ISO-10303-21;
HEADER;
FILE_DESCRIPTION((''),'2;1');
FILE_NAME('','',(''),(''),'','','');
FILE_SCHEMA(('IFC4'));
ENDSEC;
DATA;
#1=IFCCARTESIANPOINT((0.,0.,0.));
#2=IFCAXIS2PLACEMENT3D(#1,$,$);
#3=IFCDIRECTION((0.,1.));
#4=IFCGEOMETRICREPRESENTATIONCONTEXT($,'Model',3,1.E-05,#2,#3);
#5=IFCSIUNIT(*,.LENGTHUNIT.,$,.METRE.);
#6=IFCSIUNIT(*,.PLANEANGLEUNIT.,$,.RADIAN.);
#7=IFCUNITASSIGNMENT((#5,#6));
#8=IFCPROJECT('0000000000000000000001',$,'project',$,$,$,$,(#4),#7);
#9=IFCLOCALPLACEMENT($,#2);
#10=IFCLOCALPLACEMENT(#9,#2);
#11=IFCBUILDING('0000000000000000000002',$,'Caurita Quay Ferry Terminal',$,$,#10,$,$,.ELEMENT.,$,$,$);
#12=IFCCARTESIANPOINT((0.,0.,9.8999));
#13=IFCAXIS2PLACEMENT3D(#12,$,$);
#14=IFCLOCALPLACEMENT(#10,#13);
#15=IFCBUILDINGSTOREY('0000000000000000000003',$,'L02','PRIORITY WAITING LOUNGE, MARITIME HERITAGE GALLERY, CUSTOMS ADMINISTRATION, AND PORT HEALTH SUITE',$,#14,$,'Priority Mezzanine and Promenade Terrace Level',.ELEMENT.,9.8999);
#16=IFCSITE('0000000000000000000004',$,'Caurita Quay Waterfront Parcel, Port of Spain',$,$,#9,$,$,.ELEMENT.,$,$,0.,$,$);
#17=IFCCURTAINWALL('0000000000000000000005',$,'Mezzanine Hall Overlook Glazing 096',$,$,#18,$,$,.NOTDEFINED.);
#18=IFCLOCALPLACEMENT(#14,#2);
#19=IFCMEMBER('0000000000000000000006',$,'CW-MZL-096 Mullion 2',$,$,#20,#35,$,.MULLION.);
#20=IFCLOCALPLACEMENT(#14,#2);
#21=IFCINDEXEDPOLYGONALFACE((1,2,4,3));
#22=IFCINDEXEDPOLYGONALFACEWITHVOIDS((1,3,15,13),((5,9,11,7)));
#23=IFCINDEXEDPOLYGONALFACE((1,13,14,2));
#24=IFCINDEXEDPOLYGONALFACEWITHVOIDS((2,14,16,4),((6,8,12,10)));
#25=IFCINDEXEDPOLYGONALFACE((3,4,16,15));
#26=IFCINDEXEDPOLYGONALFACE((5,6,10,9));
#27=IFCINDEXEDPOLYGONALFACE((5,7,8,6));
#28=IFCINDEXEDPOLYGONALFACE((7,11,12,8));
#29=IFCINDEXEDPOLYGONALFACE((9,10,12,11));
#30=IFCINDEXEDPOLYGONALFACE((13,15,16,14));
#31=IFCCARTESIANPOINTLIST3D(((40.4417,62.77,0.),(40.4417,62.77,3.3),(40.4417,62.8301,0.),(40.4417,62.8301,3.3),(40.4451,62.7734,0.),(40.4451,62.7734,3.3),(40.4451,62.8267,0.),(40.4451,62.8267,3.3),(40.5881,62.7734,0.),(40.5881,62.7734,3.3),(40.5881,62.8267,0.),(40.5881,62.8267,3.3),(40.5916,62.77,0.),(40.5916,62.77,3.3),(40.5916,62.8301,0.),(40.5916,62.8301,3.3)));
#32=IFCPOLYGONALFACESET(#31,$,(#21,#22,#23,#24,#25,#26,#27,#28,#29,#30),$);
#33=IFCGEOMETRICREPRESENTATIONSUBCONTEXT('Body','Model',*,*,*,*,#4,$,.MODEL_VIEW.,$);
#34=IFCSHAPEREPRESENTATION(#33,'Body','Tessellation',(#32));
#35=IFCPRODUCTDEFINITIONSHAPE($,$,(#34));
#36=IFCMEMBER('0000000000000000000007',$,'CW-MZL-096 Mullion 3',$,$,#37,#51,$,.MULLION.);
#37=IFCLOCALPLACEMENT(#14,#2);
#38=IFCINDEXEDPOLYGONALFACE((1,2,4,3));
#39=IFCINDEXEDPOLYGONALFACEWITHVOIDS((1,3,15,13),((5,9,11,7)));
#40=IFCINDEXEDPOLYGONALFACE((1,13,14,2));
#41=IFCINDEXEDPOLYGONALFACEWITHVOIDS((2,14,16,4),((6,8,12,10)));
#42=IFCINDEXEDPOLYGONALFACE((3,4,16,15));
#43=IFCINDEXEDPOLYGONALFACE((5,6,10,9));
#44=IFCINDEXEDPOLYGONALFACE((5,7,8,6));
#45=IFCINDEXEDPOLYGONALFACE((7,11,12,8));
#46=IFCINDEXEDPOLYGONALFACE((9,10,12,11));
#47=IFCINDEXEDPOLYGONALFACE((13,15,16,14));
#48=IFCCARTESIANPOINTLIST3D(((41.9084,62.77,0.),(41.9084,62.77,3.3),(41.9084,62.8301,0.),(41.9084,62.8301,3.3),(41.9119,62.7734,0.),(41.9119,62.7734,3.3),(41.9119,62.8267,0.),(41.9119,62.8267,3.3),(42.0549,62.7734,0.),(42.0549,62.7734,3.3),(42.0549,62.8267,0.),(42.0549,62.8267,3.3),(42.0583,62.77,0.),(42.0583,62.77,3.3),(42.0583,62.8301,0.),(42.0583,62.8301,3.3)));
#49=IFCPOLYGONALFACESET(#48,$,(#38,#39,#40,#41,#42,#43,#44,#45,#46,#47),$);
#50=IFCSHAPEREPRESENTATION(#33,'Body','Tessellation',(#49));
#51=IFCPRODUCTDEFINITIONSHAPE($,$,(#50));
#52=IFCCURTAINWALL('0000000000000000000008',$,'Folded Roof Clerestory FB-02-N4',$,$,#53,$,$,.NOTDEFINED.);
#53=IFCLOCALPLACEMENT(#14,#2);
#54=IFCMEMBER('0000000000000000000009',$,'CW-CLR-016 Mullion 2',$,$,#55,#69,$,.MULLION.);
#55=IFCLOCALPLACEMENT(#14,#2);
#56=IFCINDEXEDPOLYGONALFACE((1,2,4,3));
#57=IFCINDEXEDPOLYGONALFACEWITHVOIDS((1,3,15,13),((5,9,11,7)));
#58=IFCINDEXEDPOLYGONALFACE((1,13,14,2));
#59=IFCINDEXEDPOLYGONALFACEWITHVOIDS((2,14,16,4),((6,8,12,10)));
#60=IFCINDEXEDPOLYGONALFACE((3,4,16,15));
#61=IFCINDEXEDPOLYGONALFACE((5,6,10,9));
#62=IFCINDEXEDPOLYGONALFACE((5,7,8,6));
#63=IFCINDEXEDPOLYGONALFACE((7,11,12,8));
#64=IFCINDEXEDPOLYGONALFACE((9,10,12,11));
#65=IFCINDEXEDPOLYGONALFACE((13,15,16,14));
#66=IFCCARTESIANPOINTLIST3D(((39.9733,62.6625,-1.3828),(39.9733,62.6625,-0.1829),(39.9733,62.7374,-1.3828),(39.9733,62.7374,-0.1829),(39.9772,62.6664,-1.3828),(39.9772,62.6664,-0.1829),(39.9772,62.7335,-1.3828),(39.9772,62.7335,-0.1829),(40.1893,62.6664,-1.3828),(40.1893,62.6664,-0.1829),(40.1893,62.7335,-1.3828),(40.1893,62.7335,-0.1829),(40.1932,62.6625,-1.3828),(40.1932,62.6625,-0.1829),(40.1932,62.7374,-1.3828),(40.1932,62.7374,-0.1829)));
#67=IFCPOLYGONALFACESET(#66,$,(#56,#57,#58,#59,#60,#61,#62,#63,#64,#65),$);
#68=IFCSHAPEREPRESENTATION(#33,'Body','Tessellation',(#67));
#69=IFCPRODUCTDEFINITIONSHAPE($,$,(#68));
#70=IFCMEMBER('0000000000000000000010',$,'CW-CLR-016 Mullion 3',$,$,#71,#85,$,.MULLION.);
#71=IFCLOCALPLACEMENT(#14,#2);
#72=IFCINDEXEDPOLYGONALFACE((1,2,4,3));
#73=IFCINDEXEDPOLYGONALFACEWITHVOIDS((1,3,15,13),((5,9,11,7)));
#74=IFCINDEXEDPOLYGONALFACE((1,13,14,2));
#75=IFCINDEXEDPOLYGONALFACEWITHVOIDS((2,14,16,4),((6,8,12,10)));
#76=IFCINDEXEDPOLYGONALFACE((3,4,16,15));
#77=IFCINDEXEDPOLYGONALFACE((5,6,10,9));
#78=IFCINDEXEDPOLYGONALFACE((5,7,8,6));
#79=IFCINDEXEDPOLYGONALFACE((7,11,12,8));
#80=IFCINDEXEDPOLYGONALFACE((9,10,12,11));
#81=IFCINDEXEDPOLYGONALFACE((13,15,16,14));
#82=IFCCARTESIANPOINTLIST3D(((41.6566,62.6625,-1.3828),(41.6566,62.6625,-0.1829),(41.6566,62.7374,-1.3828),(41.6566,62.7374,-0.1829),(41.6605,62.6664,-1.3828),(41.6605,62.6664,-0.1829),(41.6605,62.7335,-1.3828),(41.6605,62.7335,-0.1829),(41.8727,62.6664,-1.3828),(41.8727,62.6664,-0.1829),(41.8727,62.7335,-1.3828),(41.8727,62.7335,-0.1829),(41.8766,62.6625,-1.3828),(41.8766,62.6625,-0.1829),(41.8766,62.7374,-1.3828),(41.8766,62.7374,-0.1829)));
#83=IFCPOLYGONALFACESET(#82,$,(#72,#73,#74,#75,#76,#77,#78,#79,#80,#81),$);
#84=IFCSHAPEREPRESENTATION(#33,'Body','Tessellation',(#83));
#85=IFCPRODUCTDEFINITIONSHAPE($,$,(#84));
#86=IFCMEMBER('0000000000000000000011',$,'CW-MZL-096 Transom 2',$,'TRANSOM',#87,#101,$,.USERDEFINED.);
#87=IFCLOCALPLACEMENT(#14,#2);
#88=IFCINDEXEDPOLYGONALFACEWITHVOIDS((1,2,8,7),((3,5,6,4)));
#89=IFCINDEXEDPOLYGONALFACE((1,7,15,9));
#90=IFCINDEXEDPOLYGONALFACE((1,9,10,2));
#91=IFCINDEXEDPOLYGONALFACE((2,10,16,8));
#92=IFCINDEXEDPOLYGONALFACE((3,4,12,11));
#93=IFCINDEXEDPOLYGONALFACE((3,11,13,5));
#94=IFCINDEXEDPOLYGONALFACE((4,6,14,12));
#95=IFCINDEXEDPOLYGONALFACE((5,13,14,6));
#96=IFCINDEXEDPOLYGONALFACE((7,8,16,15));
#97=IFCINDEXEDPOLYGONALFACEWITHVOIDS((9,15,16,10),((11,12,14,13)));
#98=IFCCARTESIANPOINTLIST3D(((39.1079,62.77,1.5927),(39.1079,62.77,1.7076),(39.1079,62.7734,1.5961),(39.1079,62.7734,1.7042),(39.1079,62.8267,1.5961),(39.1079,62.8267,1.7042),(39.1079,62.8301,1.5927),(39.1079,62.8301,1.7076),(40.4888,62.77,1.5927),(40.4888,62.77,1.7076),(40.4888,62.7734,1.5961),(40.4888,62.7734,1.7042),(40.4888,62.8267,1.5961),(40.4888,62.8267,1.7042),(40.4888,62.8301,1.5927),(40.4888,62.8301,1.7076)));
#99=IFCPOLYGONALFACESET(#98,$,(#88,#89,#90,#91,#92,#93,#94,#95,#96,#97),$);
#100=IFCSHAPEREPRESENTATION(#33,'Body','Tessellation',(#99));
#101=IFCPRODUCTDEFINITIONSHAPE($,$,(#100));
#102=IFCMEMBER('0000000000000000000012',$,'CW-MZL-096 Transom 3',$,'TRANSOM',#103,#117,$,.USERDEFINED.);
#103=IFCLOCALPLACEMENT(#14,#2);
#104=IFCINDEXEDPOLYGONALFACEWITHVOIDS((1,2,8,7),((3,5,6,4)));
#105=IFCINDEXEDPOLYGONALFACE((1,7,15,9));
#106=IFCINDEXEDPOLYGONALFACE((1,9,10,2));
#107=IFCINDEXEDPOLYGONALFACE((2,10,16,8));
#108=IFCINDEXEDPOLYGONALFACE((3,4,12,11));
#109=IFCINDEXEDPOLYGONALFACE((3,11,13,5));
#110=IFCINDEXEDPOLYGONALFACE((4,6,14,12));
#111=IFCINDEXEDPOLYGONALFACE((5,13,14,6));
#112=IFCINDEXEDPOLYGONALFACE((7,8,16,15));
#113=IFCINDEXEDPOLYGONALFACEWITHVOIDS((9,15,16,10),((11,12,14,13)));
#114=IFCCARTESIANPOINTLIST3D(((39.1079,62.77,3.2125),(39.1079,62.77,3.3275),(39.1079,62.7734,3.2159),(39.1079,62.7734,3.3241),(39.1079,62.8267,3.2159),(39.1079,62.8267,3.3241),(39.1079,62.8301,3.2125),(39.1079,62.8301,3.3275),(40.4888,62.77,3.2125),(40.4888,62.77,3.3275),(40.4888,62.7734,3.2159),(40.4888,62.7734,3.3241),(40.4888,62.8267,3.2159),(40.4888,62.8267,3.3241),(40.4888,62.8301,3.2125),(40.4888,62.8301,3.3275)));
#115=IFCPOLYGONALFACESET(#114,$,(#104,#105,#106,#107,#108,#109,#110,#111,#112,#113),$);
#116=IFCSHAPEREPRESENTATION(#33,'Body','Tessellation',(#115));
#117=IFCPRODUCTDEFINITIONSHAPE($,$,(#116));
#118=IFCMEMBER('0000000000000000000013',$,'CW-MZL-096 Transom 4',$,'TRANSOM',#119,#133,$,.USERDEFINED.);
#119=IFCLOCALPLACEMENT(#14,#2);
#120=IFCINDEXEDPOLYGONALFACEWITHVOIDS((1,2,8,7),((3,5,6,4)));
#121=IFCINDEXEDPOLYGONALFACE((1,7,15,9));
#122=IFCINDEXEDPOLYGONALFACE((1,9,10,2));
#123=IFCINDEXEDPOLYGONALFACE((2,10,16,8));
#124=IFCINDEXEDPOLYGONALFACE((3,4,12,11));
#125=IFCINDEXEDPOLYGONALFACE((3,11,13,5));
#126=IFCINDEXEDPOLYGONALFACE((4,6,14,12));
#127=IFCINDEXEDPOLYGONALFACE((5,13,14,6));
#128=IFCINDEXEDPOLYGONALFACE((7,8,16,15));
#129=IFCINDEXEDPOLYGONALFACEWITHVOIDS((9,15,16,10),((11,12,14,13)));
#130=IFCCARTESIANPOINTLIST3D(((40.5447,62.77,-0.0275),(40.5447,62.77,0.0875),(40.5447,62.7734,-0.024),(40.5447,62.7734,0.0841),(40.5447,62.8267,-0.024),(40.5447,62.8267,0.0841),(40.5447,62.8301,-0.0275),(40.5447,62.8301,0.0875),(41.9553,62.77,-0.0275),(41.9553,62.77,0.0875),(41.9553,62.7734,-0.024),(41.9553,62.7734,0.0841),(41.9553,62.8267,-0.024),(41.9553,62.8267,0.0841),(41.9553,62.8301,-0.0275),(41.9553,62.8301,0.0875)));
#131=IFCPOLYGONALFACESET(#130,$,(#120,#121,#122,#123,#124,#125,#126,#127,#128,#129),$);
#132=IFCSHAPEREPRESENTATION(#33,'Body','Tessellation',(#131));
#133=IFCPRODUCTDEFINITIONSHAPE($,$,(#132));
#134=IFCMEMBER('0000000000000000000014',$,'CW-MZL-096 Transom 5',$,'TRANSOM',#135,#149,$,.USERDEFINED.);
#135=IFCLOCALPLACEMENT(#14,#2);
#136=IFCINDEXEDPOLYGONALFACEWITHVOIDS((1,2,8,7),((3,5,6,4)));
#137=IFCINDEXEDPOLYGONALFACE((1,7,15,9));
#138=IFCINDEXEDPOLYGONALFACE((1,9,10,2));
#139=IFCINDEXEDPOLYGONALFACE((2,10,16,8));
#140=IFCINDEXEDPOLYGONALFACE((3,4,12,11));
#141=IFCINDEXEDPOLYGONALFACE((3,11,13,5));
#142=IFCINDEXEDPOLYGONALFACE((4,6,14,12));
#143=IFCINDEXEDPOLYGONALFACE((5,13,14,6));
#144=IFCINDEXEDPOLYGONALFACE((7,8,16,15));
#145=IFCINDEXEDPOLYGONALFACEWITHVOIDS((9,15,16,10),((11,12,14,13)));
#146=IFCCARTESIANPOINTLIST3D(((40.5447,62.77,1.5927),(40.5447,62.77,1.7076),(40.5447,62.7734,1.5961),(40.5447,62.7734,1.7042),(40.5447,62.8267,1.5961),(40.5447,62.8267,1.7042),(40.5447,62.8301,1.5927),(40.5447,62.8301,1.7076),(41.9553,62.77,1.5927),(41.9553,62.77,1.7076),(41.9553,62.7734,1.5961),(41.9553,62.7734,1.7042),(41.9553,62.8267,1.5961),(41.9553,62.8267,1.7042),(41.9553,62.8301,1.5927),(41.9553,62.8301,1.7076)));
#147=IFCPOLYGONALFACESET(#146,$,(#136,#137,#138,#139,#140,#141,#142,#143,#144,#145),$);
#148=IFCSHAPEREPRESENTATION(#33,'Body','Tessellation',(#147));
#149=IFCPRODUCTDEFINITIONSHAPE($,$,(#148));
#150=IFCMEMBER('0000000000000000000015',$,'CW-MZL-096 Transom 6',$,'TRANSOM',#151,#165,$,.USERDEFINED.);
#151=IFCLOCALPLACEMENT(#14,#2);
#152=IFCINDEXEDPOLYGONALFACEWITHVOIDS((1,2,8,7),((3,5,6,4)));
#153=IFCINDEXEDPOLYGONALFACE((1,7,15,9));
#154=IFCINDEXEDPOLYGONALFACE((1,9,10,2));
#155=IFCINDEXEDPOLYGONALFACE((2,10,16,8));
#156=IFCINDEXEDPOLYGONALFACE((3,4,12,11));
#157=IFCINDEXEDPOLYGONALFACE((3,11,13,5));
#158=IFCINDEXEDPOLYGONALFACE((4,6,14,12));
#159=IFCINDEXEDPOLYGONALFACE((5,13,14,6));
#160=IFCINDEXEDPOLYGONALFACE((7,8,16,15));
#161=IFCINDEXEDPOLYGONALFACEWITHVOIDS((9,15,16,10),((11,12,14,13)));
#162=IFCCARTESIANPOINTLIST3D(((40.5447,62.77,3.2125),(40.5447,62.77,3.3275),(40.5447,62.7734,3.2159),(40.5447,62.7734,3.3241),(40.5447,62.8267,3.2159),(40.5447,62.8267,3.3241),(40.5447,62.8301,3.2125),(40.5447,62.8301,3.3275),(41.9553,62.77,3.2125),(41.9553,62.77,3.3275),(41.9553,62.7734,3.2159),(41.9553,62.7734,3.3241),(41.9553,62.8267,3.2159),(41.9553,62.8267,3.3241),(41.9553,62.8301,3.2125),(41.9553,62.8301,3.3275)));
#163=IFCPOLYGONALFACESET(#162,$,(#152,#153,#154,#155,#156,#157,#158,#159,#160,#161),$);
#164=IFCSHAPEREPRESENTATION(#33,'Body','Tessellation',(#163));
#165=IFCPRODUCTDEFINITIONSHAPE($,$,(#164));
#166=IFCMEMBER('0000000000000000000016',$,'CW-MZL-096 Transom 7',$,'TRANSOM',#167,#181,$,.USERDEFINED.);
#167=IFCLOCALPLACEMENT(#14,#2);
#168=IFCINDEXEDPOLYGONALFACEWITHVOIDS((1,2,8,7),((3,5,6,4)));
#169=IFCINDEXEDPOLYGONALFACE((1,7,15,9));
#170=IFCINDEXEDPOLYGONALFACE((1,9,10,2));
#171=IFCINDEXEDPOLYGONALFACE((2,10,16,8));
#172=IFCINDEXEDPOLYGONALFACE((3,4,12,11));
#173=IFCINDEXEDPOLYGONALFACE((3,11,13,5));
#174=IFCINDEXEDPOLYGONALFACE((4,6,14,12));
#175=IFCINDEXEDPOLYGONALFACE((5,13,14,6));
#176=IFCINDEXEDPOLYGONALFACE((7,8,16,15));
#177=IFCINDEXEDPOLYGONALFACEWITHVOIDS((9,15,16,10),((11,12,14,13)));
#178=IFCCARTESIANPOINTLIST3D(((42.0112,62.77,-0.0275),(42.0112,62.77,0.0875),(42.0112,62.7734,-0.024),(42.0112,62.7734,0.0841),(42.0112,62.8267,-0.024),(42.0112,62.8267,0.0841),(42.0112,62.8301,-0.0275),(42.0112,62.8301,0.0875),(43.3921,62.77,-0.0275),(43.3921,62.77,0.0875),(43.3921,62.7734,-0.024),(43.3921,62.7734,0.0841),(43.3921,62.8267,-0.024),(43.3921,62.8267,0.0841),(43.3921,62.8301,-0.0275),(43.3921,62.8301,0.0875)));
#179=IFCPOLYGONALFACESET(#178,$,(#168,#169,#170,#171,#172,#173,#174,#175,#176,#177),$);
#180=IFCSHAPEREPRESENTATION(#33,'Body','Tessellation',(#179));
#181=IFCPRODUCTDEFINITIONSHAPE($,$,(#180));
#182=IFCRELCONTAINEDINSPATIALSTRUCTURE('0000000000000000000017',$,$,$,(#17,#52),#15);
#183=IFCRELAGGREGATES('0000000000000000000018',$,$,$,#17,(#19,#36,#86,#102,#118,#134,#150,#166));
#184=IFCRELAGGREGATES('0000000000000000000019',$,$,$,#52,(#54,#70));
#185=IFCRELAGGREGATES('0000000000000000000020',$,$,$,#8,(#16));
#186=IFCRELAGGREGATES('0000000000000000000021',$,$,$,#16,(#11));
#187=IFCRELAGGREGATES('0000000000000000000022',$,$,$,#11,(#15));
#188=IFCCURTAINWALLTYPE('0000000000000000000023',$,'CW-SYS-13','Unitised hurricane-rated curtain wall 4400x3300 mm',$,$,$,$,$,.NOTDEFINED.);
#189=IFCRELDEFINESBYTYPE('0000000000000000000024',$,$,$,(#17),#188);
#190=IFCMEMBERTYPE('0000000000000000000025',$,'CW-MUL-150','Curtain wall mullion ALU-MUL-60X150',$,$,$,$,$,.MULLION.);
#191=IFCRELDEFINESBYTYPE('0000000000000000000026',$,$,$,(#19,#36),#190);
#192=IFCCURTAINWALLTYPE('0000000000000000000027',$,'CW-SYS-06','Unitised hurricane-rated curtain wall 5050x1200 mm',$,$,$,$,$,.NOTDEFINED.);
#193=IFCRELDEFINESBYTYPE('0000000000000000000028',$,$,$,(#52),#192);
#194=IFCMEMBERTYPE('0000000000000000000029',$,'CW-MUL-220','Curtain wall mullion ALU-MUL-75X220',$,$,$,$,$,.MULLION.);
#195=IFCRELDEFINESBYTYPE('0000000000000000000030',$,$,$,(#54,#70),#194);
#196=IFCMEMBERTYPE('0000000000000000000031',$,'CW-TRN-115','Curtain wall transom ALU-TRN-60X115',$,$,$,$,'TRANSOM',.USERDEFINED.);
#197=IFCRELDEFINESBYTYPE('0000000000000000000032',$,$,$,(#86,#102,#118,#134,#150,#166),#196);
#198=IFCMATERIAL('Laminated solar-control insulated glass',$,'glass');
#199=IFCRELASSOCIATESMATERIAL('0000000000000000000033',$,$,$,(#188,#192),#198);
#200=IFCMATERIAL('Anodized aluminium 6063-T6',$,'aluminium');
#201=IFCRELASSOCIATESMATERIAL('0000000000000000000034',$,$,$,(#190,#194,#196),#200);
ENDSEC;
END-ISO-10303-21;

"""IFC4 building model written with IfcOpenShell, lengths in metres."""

from ifc_helpers import new_model, si_unit, direction, frame, origin, origin_2d, place, context, subcontext, project, spatial, hollow_rectangle, extrude, material, material_profile, profile_set, type_object, element, aggregate, save


model = new_model("IFC4")

# Units and contexts
model_context = context("Model", 3, precision=1e-05, world=origin(), true_north=direction((0.0, 1.0)))
body_context = subcontext(model_context, "Body", "Model", "MODEL_VIEW")
ifc_project = project(units=[si_unit("LENGTHUNIT", "METRE"), si_unit("PLANEANGLEUNIT", "RADIAN")], contexts=[model_context])

# Site, building, storey
site_placement = place(None, origin())
site = spatial("IfcSite", under=ifc_project, at=site_placement, Name="Caurita Quay Waterfront Parcel, Port of Spain", CompositionType="ELEMENT", RefElevation=0.0)
building_placement = place(site_placement, origin())
building = spatial("IfcBuilding", under=site, at=building_placement, Name="Caurita Quay Ferry Terminal", CompositionType="ELEMENT")
storey_placement = place(building_placement, frame((0.0, 0.0, 9.8999)))
storey = spatial("IfcBuildingStorey", under=building, at=storey_placement, Name="L02", Description="PRIORITY WAITING LOUNGE, MARITIME HERITAGE GALLERY, CUSTOMS ADMINISTRATION, AND PORT HEALTH SUITE", LongName="Priority Mezzanine and Promenade Terrace Level", CompositionType="ELEMENT", Elevation=9.8999)

# Curtain walls, members
ifc_material_1 = material(Name="Laminated solar-control insulated glass", Category="glass")
curtain_wall_type_1 = type_object("IfcCurtainWallType", Name="CW-SYS-13", Description="Unitised hurricane-rated curtain wall 4400x3300 mm", PredefinedType="NOTDEFINED", material=ifc_material_1)
curtain_wall_1_placement = place(storey_placement, origin())
curtain_wall_1 = element("IfcCurtainWall", 1, at=curtain_wall_1_placement, inside=storey, type_object=curtain_wall_type_1, Name="Mezzanine Hall Overlook Glazing 096", PredefinedType="NOTDEFINED")
ifc_material_2 = material(Name="Anodized aluminium 6063-T6", Category="aluminium")
ifc_material_profile_1 = material_profile(ifc_material_2, hollow_rectangle(XDim=0.0601, YDim=0.1499, WallThickness=0.0034, at=origin_2d()), Name="ALU-MUL-60X150")
ifc_profile_set_1 = profile_set([ifc_material_profile_1], Name="Anodized aluminium 6063-T6")
member_type_1 = type_object("IfcMemberType", Name="CW-MUL-150", Description="Curtain wall mullion ALU-MUL-60X150", PredefinedType="MULLION", material=ifc_profile_set_1)
member_1_placement = place(storey_placement, frame((40.5166, 62.8, 0.0), z_axis=(0.0, 0.0, 1.0), x_axis=(0.0, 1.0, 0.0)))
member_1 = element("IfcMember", 2, at=member_1_placement, type_object=member_type_1, Name="CW-MZL-096 Mullion 2", PredefinedType="MULLION", context=body_context, shape_type="SweptSolid", body=[
    extrude(hollow_rectangle(XDim=0.0601, YDim=0.1499, WallThickness=0.0034, at=origin_2d()), origin(), (0.0, 0.0, 1.0), 3.3),
])
member_2_placement = place(storey_placement, frame((41.9834, 62.8, 0.0), z_axis=(0.0, 0.0, 1.0), x_axis=(0.0, 1.0, 0.0)))
member_2 = element("IfcMember", 3, at=member_2_placement, type_object=member_type_1, Name="CW-MZL-096 Mullion 3", PredefinedType="MULLION", context=body_context, shape_type="SweptSolid", body=[
    extrude(hollow_rectangle(XDim=0.0601, YDim=0.1499, WallThickness=0.0034, at=origin_2d()), origin(), (0.0, 0.0, 1.0), 3.3),
])
curtain_wall_type_2 = type_object("IfcCurtainWallType", Name="CW-SYS-06", Description="Unitised hurricane-rated curtain wall 5050x1200 mm", PredefinedType="NOTDEFINED", material=ifc_material_1)
curtain_wall_2_placement = place(storey_placement, origin())
curtain_wall_2 = element("IfcCurtainWall", 4, at=curtain_wall_2_placement, inside=storey, type_object=curtain_wall_type_2, Name="Folded Roof Clerestory FB-02-N4", PredefinedType="NOTDEFINED")
ifc_material_profile_2 = material_profile(ifc_material_2, hollow_rectangle(XDim=0.075, YDim=0.22, WallThickness=0.0039, at=origin_2d()), Name="ALU-MUL-75X220")
ifc_profile_set_2 = profile_set([ifc_material_profile_2], Name="Anodized aluminium 6063-T6")
member_type_2 = type_object("IfcMemberType", Name="CW-MUL-220", Description="Curtain wall mullion ALU-MUL-75X220", PredefinedType="MULLION", material=ifc_profile_set_2)
member_3_placement = place(storey_placement, frame((40.0833, 62.7, -1.3828), z_axis=(0.0, 0.0, 1.0), x_axis=(0.0, 1.0, 0.0)))
member_3 = element("IfcMember", 5, at=member_3_placement, type_object=member_type_2, Name="CW-CLR-016 Mullion 2", PredefinedType="MULLION", context=body_context, shape_type="SweptSolid", body=[
    extrude(hollow_rectangle(XDim=0.075, YDim=0.22, WallThickness=0.0039, at=origin_2d()), origin(), (0.0, 0.0, 1.0), 1.2),
])
member_4_placement = place(storey_placement, frame((41.7666, 62.7, -1.3828), z_axis=(0.0, 0.0, 1.0), x_axis=(0.0, 1.0, 0.0)))
member_4 = element("IfcMember", 6, at=member_4_placement, type_object=member_type_2, Name="CW-CLR-016 Mullion 3", PredefinedType="MULLION", context=body_context, shape_type="SweptSolid", body=[
    extrude(hollow_rectangle(XDim=0.075, YDim=0.22, WallThickness=0.0039, at=origin_2d()), origin(), (0.0, 0.0, 1.0), 1.2),
])

# Members
ifc_material_profile_3 = material_profile(ifc_material_2, hollow_rectangle(XDim=0.0601, YDim=0.115, WallThickness=0.0034, at=origin_2d()), Name="ALU-TRN-60X115")
ifc_profile_set_3 = profile_set([ifc_material_profile_3], Name="Anodized aluminium 6063-T6")
member_type_3 = type_object("IfcMemberType", Name="CW-TRN-115", Description="Curtain wall transom ALU-TRN-60X115", ElementType="TRANSOM", PredefinedType="USERDEFINED", material=ifc_profile_set_3)
member_5_placement = place(storey_placement, frame((39.1079, 62.8, 1.6501), z_axis=(1.0, 0.0, 0.0), x_axis=(0.0, 1.0, 0.0)))
member_5 = element("IfcMember", 7, at=member_5_placement, type_object=member_type_3, Name="CW-MZL-096 Transom 2", ObjectType="TRANSOM", PredefinedType="USERDEFINED", context=body_context, shape_type="SweptSolid", body=[
    extrude(hollow_rectangle(XDim=0.0601, YDim=0.115, WallThickness=0.0034, at=origin_2d()), origin(), (0.0, 0.0, 1.0), 1.3809),
])
member_6_placement = place(storey_placement, frame((39.1079, 62.8, 3.27), z_axis=(1.0, 0.0, 0.0), x_axis=(0.0, 1.0, 0.0)))
member_6 = element("IfcMember", 8, at=member_6_placement, type_object=member_type_3, Name="CW-MZL-096 Transom 3", ObjectType="TRANSOM", PredefinedType="USERDEFINED", context=body_context, shape_type="SweptSolid", body=[
    extrude(hollow_rectangle(XDim=0.0601, YDim=0.115, WallThickness=0.0034, at=origin_2d()), origin(), (0.0, 0.0, 1.0), 1.3809),
])
member_7_placement = place(storey_placement, frame((40.5447, 62.8, 0.03), z_axis=(1.0, 0.0, 0.0), x_axis=(0.0, 1.0, 0.0)))
member_7 = element("IfcMember", 9, at=member_7_placement, type_object=member_type_3, Name="CW-MZL-096 Transom 4", ObjectType="TRANSOM", PredefinedType="USERDEFINED", context=body_context, shape_type="SweptSolid", body=[
    extrude(hollow_rectangle(XDim=0.0601, YDim=0.115, WallThickness=0.0034, at=origin_2d()), origin(), (0.0, 0.0, 1.0), 1.4106),
])
member_8_placement = place(storey_placement, frame((40.5447, 62.8, 1.6501), z_axis=(1.0, 0.0, 0.0), x_axis=(0.0, 1.0, 0.0)))
member_8 = element("IfcMember", 10, at=member_8_placement, type_object=member_type_3, Name="CW-MZL-096 Transom 5", ObjectType="TRANSOM", PredefinedType="USERDEFINED", context=body_context, shape_type="SweptSolid", body=[
    extrude(hollow_rectangle(XDim=0.0601, YDim=0.115, WallThickness=0.0034, at=origin_2d()), origin(), (0.0, 0.0, 1.0), 1.4106),
])
member_9_placement = place(storey_placement, frame((40.5447, 62.8, 3.27), z_axis=(1.0, 0.0, 0.0), x_axis=(0.0, 1.0, 0.0)))
member_9 = element("IfcMember", 11, at=member_9_placement, type_object=member_type_3, Name="CW-MZL-096 Transom 6", ObjectType="TRANSOM", PredefinedType="USERDEFINED", context=body_context, shape_type="SweptSolid", body=[
    extrude(hollow_rectangle(XDim=0.0601, YDim=0.115, WallThickness=0.0034, at=origin_2d()), origin(), (0.0, 0.0, 1.0), 1.4106),
])
member_10_placement = place(storey_placement, frame((42.0112, 62.8, 0.03), z_axis=(1.0, 0.0, 0.0), x_axis=(0.0, 1.0, 0.0)))
member_10 = element("IfcMember", 12, at=member_10_placement, type_object=member_type_3, Name="CW-MZL-096 Transom 7", ObjectType="TRANSOM", PredefinedType="USERDEFINED", context=body_context, shape_type="SweptSolid", body=[
    extrude(hollow_rectangle(XDim=0.0601, YDim=0.115, WallThickness=0.0034, at=origin_2d()), origin(), (0.0, 0.0, 1.0), 1.3809),
])

aggregate(curtain_wall_1, [member_1, member_2, member_5, member_6, member_7, member_8, member_9, member_10])
aggregate(curtain_wall_2, [member_3, member_4])

save(model, "model.ifc")
